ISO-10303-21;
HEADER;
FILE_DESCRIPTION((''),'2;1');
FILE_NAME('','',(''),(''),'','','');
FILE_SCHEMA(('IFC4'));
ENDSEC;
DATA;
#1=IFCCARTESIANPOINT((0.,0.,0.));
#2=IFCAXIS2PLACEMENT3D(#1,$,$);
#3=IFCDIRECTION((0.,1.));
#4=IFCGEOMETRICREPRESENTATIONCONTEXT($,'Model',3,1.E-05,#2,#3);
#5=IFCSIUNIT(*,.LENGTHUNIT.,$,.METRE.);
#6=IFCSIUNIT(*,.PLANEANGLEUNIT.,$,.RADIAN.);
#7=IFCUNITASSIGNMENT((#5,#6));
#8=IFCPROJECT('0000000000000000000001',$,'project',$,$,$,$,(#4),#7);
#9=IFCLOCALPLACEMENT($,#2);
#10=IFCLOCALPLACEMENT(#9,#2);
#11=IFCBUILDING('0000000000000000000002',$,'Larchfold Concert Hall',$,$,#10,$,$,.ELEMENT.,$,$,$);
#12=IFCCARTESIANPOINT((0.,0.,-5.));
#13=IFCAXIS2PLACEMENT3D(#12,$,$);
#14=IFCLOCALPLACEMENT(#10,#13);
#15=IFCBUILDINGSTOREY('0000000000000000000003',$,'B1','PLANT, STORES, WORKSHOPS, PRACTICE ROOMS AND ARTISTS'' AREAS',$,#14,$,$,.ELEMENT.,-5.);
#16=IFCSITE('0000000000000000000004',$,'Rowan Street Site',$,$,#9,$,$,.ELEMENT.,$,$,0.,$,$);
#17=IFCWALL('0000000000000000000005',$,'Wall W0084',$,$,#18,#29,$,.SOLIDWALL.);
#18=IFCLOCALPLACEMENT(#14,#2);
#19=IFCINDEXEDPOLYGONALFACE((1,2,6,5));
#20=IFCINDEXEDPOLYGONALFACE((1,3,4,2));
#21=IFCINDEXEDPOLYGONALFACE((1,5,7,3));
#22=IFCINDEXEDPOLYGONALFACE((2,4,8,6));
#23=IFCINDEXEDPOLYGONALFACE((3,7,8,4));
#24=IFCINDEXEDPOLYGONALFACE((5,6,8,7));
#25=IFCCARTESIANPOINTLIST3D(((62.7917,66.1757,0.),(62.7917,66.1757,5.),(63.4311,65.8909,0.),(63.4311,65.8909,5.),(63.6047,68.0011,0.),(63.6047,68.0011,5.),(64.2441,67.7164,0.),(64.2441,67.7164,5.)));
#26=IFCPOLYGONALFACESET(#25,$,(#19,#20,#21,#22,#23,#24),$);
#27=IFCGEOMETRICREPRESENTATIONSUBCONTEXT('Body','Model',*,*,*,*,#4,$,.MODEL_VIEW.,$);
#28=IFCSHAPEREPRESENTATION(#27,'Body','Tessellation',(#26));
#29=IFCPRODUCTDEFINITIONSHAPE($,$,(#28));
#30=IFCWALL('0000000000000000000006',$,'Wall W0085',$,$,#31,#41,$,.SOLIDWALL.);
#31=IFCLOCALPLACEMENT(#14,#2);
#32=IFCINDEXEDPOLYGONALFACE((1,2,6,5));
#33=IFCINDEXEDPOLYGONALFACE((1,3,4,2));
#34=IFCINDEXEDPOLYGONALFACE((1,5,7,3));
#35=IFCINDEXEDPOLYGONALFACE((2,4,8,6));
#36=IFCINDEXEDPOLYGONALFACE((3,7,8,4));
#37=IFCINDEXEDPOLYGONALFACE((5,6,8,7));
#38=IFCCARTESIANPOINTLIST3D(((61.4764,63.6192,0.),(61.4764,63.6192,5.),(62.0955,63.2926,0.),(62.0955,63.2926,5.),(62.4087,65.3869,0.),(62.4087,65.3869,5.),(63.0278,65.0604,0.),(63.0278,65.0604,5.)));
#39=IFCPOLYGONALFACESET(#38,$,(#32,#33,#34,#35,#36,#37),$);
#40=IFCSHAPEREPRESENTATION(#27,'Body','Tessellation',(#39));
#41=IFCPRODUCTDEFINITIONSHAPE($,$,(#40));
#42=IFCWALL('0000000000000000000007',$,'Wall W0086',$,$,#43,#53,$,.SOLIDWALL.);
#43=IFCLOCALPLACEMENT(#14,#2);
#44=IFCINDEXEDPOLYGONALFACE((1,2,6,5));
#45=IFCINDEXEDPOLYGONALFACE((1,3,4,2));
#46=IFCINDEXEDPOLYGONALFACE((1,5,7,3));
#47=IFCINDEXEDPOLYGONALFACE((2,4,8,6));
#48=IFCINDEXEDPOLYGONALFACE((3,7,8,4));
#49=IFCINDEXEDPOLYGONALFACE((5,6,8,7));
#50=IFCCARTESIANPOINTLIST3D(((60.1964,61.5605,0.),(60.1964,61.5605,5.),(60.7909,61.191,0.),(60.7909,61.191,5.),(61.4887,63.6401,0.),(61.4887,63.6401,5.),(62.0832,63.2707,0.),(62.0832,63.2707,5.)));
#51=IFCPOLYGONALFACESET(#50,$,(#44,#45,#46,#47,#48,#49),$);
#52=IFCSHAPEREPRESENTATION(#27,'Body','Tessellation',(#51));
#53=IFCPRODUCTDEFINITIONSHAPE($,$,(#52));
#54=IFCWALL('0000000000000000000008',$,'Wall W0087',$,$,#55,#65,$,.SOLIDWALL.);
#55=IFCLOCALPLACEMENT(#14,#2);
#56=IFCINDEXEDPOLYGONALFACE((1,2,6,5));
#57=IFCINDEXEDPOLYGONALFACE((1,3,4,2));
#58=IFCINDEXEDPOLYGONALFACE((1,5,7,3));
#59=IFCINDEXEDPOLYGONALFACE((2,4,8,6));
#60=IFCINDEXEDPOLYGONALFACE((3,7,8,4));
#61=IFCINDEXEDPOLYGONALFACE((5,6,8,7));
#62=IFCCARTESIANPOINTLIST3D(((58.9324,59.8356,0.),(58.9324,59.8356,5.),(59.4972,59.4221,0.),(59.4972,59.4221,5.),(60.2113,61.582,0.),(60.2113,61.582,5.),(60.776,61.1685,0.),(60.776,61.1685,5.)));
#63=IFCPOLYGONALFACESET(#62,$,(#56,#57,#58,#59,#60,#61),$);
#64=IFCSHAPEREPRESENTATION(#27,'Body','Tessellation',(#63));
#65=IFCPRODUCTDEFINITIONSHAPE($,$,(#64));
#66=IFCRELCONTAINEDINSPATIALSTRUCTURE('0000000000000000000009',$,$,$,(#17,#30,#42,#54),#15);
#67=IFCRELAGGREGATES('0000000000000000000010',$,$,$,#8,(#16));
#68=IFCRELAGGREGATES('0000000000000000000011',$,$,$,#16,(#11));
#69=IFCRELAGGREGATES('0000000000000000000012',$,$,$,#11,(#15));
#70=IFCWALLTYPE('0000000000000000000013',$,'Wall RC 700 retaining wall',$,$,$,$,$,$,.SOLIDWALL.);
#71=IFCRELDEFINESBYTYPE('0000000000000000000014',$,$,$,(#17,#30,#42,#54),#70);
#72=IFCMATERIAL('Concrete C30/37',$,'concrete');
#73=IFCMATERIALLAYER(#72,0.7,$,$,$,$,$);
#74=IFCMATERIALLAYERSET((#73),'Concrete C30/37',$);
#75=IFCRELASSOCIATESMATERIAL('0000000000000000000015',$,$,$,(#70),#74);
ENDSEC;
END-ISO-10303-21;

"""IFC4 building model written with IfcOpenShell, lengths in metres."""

from ifc_helpers import new_model, si_unit, direction, frame, frame_2d, origin, place, context, subcontext, project, spatial, rectangle, extrude, material, layer, layer_set, type_object, element, save


model = new_model("IFC4")

# Units and contexts
model_context = context("Model", 3, precision=1e-05, world=origin(), true_north=direction((0.0, 1.0)))
body_context = subcontext(model_context, "Body", "Model", "MODEL_VIEW")
ifc_project = project(units=[si_unit("LENGTHUNIT", "METRE"), si_unit("PLANEANGLEUNIT", "RADIAN")], contexts=[model_context])

# Site, building, storey
site_placement = place(None, origin())
site = spatial("IfcSite", under=ifc_project, at=site_placement, Name="Rowan Street Site", CompositionType="ELEMENT", RefElevation=0.0)
building_placement = place(site_placement, origin())
building = spatial("IfcBuilding", under=site, at=building_placement, Name="Larchfold Concert Hall", CompositionType="ELEMENT")
storey_placement = place(building_placement, frame((0.0, 0.0, -5.0)))
storey = spatial("IfcBuildingStorey", under=building, at=storey_placement, Name="B1", Description="PLANT, STORES, WORKSHOPS, PRACTICE ROOMS AND ARTISTS' AREAS", CompositionType="ELEMENT", Elevation=-5.0)

# Walls
ifc_material_1 = material(Name="Concrete C30/37", Category="concrete")
ifc_layer_1 = layer(ifc_material_1, 0.7)
ifc_layer_set_1 = layer_set([ifc_layer_1], Name="Concrete C30/37")
wall_type_1 = type_object("IfcWallType", Name="Wall RC 700 retaining wall", PredefinedType="SOLIDWALL", material=ifc_layer_set_1)
wall_1_placement = place(storey_placement, frame((63.9243, 67.8586, 0.0), z_axis=(0.0, 0.0, 1.0), x_axis=(-0.406841, -0.913499, 0.0)))
element("IfcWall", 1, at=wall_1_placement, inside=storey, type_object=wall_type_1, Name="Wall W0084", PredefinedType="SOLIDWALL", context=body_context, shape_type="SweptSolid", body=[
    extrude(rectangle(XDim=1.9983, YDim=0.7, at=frame_2d((0.999, 0.0))), origin(), (0.0, 0.0, 1.0), 5.0),
])
wall_2_placement = place(storey_placement, frame((62.7183, 65.2236, 0.0), z_axis=(0.0, 0.0, 1.0), x_axis=(-0.466506, -0.884518, 0.0)))
element("IfcWall", 2, at=wall_2_placement, inside=storey, type_object=wall_type_1, Name="Wall W0085", PredefinedType="SOLIDWALL", context=body_context, shape_type="SweptSolid", body=[
    extrude(rectangle(XDim=1.9985, YDim=0.7, at=frame_2d((0.9993, 0.0))), origin(), (0.0, 0.0, 1.0), 5.0),
])
wall_3_placement = place(storey_placement, frame((61.7859, 63.4553, 0.0), z_axis=(0.0, 0.0, 1.0), x_axis=(-0.527792, -0.849374, 0.0)))
element("IfcWall", 3, at=wall_3_placement, inside=storey, type_object=wall_type_1, Name="Wall W0086", PredefinedType="SOLIDWALL", context=body_context, shape_type="SweptSolid", body=[
    extrude(rectangle(XDim=2.4485, YDim=0.7, at=frame_2d((1.2241, 0.0))), origin(), (0.0, 0.0, 1.0), 5.0),
])
wall_4_placement = place(storey_placement, frame((60.4937, 61.3752, 0.0), z_axis=(0.0, 0.0, 1.0), x_axis=(-0.590811, -0.80681, 0.0)))
element("IfcWall", 4, at=wall_4_placement, inside=storey, type_object=wall_type_1, Name="Wall W0087", PredefinedType="SOLIDWALL", context=body_context, shape_type="SweptSolid", body=[
    extrude(rectangle(XDim=2.1646, YDim=0.7, at=frame_2d((1.0823, 0.0))), origin(), (0.0, 0.0, 1.0), 5.0),
])

save(model, "model.ifc")
